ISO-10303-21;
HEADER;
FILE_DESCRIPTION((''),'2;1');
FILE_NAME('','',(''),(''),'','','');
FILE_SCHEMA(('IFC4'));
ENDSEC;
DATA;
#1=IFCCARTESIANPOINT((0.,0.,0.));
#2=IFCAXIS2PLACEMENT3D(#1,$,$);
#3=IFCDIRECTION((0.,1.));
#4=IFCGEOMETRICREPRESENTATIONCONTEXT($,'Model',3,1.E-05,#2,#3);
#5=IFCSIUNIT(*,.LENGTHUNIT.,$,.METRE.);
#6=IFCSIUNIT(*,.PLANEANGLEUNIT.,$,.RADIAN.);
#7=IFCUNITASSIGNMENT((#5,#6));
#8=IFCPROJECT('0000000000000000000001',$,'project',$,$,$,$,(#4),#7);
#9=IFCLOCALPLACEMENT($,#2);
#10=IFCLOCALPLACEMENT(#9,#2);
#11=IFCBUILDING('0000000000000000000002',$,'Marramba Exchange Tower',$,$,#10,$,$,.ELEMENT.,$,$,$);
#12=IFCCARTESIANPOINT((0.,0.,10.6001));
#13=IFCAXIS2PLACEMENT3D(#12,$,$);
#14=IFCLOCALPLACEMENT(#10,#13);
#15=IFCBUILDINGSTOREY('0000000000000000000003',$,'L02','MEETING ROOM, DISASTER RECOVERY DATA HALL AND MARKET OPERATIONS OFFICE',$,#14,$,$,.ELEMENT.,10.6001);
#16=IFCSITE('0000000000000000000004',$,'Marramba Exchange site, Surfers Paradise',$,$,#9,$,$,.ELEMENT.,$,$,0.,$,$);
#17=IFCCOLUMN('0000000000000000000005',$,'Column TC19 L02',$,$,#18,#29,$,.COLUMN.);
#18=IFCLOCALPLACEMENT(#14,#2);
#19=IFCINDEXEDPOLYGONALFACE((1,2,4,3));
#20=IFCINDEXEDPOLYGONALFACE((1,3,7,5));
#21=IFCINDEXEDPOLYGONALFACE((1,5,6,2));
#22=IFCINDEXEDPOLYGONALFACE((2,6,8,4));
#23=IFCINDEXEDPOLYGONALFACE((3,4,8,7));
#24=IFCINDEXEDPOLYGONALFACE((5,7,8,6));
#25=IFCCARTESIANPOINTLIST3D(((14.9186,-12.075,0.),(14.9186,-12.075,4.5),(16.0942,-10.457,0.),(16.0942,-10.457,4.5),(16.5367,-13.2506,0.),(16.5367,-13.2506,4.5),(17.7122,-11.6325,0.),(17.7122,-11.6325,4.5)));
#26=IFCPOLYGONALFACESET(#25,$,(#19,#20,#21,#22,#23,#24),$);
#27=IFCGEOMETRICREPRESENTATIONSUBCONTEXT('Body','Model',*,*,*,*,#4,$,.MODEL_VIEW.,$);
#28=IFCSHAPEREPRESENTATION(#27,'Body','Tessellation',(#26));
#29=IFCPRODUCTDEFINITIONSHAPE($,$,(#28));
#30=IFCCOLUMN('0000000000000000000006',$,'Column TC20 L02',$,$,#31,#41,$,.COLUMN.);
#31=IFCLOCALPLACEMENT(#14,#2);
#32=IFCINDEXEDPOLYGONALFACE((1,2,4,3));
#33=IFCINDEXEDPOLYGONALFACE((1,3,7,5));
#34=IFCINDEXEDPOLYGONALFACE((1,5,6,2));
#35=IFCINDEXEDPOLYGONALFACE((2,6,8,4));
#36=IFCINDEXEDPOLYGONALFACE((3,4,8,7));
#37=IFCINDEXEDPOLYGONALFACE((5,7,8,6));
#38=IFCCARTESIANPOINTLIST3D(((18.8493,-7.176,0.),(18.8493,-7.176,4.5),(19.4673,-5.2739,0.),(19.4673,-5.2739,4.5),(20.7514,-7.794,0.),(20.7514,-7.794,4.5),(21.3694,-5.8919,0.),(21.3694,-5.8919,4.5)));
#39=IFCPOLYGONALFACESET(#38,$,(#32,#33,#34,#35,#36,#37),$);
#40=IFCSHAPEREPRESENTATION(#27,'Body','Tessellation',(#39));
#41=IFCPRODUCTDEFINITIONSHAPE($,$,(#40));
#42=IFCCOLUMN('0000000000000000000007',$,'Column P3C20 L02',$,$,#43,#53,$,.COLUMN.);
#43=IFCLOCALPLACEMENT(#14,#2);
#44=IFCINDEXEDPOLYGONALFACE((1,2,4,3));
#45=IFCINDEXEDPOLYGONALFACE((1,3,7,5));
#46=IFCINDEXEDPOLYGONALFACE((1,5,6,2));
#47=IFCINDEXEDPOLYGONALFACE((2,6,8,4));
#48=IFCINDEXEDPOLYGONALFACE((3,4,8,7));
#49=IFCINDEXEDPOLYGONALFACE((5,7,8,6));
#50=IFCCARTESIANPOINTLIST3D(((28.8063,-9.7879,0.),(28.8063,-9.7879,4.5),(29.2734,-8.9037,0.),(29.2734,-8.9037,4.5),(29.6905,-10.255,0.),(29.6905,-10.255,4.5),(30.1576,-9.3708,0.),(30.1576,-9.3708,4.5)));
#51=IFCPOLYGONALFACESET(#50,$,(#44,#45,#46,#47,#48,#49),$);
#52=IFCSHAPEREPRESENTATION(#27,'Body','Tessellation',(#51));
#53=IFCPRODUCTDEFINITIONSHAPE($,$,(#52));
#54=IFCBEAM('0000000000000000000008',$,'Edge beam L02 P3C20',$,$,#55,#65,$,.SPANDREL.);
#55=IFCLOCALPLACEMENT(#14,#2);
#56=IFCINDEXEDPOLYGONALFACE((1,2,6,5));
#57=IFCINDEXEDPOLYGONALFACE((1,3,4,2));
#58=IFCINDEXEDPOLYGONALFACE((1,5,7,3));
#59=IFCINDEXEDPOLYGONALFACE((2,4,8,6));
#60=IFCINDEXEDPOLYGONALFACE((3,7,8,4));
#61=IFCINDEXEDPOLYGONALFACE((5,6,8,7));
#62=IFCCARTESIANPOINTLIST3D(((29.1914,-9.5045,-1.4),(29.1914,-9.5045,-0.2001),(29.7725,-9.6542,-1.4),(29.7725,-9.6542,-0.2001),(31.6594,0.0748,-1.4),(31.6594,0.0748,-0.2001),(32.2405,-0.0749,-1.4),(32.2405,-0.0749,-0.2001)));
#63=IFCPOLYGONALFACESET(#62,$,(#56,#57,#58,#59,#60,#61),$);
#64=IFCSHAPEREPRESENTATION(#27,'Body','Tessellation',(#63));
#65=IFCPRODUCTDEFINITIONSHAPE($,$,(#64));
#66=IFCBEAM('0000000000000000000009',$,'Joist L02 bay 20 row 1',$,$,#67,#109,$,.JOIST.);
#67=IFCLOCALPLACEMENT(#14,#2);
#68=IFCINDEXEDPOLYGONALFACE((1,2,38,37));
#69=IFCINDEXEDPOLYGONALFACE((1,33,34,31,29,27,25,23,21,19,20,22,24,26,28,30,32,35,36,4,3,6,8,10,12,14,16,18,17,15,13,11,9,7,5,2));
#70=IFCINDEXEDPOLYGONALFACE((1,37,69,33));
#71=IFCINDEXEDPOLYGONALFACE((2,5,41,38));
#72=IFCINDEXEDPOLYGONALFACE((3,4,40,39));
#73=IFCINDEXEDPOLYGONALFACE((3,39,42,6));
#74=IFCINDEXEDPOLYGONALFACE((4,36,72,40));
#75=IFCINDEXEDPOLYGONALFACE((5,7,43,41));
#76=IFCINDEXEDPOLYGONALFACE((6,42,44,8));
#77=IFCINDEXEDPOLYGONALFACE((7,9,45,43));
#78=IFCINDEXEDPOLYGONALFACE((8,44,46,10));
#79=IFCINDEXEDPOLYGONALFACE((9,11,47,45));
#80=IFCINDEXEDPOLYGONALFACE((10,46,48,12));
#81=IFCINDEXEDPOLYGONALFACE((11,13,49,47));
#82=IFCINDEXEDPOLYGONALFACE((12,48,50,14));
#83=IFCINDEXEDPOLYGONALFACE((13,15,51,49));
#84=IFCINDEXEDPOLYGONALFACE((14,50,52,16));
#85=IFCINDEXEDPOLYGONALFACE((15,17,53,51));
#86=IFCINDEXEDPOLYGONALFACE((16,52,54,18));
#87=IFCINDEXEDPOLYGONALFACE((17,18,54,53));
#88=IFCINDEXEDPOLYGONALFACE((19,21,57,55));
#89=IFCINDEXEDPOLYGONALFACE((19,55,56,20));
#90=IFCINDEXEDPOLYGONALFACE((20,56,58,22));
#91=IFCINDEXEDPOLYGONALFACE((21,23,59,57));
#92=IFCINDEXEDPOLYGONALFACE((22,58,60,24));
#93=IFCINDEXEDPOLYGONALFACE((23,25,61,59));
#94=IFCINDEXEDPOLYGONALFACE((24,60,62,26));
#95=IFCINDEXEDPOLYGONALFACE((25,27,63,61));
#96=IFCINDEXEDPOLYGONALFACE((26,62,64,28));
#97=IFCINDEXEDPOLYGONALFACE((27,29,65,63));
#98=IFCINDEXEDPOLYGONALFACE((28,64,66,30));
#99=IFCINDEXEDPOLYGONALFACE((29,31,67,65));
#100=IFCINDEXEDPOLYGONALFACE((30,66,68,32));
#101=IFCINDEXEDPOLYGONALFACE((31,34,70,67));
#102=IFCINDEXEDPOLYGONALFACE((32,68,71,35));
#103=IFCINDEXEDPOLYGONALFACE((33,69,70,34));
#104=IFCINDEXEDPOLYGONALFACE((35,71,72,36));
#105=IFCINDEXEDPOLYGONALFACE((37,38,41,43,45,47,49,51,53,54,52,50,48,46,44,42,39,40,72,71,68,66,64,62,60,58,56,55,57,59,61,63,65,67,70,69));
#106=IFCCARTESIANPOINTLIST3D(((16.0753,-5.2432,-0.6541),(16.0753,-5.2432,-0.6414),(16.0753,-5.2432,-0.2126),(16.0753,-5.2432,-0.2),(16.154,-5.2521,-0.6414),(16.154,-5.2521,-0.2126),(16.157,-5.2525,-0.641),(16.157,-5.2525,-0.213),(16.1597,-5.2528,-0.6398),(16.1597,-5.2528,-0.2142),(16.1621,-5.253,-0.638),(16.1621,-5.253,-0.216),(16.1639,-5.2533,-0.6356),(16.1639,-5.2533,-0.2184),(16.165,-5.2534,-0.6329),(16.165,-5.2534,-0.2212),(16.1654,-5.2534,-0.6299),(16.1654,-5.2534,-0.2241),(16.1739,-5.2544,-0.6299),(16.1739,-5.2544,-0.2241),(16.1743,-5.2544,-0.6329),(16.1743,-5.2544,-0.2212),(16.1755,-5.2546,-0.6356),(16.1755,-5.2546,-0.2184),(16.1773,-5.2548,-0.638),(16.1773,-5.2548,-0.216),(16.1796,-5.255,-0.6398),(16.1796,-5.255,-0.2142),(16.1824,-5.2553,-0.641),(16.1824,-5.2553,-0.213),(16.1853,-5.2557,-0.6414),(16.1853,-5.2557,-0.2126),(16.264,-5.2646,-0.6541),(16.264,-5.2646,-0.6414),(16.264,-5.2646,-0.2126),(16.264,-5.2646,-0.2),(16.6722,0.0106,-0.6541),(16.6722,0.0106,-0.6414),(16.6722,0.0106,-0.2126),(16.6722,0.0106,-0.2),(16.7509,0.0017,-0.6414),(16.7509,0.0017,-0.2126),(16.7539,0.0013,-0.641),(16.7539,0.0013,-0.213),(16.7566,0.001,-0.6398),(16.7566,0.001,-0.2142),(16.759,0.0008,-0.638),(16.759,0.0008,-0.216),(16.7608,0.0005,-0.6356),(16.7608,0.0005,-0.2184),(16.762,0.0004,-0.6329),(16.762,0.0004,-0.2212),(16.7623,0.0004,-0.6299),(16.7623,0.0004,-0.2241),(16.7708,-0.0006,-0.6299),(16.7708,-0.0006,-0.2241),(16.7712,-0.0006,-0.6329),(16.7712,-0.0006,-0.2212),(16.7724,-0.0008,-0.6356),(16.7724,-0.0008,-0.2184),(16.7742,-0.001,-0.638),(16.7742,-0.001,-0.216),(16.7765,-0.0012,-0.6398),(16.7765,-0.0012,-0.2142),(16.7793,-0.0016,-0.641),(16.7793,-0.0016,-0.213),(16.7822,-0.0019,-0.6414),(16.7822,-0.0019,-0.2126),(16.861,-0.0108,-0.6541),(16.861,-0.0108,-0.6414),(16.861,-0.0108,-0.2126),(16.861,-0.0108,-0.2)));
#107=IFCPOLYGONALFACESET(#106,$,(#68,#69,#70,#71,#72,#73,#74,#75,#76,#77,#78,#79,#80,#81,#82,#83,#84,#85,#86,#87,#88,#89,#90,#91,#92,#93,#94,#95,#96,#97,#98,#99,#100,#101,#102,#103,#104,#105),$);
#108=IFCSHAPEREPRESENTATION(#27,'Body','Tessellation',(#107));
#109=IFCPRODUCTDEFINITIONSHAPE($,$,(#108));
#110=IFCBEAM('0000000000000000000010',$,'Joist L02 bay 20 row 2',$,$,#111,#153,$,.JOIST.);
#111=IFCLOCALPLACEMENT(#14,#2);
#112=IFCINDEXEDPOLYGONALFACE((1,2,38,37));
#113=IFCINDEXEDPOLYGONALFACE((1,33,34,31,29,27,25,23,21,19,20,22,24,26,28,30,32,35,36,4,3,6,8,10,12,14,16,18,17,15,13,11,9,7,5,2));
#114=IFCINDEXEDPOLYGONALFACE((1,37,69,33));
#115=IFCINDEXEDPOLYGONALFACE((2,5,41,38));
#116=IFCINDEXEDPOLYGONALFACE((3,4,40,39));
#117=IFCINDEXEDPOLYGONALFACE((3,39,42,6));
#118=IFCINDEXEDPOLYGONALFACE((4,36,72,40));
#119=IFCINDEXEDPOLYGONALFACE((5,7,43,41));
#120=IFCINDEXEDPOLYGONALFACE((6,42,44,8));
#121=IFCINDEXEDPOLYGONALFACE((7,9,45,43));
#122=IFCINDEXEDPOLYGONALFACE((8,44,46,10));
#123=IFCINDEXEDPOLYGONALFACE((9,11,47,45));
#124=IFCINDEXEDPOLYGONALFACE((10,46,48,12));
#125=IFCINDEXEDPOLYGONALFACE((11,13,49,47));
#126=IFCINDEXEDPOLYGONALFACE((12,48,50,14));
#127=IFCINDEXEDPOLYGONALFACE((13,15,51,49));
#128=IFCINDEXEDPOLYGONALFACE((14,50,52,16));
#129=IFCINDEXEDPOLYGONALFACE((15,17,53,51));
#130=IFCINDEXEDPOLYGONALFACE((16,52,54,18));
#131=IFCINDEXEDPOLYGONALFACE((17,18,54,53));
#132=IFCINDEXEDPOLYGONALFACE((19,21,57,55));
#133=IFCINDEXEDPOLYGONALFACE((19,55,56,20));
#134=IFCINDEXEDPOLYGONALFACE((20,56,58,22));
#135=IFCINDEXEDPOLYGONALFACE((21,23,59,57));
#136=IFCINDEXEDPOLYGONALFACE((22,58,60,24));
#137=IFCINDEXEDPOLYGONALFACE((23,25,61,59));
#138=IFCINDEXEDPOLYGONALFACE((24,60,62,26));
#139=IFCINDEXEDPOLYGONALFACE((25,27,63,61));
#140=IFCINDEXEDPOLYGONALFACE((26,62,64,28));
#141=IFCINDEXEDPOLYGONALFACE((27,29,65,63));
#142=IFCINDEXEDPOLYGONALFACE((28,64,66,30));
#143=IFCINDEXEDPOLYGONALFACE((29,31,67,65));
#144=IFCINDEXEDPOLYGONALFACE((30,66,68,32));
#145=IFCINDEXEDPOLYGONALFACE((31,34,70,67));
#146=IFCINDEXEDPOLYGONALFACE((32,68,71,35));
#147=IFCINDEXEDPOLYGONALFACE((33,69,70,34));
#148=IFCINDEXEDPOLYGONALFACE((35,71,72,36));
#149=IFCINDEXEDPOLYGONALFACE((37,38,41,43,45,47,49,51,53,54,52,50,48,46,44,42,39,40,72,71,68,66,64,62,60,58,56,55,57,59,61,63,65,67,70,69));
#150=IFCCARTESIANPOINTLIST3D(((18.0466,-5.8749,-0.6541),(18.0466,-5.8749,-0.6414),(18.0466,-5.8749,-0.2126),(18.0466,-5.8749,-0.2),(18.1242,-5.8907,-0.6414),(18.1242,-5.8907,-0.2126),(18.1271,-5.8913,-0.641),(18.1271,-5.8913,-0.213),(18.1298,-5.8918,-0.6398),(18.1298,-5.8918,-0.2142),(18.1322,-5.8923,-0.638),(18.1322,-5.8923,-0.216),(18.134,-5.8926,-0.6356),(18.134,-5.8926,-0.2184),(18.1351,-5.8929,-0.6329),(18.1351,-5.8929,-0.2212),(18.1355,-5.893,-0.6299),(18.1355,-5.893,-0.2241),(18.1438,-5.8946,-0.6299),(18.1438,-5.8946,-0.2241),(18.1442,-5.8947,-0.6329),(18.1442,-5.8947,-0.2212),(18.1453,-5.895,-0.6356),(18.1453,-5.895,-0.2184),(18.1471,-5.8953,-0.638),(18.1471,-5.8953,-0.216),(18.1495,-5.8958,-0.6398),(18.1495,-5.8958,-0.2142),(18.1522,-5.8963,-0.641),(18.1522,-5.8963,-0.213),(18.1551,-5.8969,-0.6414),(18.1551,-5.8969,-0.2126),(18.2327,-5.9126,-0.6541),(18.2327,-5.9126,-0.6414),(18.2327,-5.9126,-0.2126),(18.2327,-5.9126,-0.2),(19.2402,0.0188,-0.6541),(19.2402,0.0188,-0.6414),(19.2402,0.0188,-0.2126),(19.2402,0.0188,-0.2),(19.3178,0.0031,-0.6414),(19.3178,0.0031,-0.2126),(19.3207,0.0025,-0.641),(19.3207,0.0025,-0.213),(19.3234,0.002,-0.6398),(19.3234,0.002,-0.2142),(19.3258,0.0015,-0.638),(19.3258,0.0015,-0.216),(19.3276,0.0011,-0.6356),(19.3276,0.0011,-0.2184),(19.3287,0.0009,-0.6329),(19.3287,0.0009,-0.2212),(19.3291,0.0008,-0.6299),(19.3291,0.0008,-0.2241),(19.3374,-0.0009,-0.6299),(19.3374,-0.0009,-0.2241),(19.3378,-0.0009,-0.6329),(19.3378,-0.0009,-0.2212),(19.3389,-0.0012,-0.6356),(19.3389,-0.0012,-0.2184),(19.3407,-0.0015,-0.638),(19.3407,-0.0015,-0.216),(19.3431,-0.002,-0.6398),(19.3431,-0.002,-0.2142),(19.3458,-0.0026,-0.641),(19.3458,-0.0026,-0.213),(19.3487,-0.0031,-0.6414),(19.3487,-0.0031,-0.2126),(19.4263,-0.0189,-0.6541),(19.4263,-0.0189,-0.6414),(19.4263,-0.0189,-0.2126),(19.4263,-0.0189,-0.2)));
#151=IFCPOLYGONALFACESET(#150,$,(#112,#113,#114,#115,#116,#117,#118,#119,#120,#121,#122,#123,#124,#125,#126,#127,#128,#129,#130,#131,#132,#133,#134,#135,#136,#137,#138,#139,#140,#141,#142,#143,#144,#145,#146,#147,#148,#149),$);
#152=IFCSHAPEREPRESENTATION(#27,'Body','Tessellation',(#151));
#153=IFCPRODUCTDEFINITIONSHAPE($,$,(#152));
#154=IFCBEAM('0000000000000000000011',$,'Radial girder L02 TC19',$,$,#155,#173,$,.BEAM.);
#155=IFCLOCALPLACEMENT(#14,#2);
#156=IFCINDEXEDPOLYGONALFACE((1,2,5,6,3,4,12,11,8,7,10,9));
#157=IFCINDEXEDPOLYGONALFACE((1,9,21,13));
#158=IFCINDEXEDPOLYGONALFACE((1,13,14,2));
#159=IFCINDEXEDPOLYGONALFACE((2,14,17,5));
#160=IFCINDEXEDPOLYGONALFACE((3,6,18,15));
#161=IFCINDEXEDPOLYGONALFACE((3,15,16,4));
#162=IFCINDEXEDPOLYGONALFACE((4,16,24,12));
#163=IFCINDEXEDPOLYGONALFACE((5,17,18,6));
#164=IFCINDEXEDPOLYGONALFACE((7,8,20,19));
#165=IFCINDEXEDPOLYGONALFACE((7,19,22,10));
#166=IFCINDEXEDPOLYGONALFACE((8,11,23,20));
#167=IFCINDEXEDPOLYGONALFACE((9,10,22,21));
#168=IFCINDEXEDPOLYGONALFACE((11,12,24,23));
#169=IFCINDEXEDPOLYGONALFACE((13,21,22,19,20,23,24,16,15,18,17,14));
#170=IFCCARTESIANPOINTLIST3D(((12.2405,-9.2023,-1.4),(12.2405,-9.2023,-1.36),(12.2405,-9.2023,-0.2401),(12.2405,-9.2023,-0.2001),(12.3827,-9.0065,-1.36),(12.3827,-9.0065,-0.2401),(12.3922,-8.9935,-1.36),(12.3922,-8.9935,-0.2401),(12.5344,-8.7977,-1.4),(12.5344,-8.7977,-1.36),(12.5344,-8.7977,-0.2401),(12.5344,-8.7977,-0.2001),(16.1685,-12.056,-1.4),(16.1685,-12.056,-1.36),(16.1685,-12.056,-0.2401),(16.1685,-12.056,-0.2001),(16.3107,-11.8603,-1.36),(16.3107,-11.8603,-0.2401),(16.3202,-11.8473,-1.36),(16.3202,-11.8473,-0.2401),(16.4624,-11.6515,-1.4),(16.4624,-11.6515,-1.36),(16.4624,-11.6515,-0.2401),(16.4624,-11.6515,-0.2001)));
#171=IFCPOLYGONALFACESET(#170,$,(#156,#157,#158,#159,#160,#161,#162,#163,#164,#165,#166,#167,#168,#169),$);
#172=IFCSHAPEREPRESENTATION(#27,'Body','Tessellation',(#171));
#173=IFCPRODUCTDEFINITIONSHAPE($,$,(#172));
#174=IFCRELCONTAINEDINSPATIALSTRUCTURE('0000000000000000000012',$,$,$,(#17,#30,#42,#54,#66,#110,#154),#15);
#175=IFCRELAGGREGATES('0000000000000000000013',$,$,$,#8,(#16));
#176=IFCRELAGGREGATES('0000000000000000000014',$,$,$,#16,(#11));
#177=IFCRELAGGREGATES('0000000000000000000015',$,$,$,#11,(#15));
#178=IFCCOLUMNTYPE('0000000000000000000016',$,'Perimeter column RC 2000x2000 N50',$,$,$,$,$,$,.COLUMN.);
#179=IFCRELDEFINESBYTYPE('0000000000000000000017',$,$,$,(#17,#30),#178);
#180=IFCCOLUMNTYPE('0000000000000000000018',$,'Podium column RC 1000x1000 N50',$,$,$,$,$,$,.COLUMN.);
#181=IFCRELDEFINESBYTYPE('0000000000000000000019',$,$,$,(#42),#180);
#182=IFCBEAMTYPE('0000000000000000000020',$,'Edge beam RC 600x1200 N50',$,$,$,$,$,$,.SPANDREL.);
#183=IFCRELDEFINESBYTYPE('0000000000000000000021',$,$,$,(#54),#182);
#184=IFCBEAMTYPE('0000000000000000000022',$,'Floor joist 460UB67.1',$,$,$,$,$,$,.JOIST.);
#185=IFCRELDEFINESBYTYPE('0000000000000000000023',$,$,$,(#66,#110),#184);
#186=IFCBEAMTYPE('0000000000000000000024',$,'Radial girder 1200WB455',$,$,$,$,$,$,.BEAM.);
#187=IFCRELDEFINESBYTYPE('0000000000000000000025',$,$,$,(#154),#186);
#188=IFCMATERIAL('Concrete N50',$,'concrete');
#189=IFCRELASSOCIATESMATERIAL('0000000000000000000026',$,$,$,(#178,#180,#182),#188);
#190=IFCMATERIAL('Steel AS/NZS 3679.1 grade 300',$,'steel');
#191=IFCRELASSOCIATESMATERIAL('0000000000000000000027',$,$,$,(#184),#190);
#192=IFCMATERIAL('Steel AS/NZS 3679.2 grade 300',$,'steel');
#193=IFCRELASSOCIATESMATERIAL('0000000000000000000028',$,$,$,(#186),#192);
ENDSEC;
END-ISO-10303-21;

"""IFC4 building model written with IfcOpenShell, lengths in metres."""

from ifc_helpers import new_model, si_unit, direction, frame, origin, origin_2d, place, context, subcontext, project, spatial, rectangle, i_section, extrude, material, material_profile, profile_set, type_object, element, save


model = new_model("IFC4")

# Units and contexts
model_context = context("Model", 3, precision=1e-05, world=origin(), true_north=direction((0.0, 1.0)))
body_context = subcontext(model_context, "Body", "Model", "MODEL_VIEW")
ifc_project = project(units=[si_unit("LENGTHUNIT", "METRE"), si_unit("PLANEANGLEUNIT", "RADIAN")], contexts=[model_context])

# Site, building, storey
site_placement = place(None, origin())
site = spatial("IfcSite", under=ifc_project, at=site_placement, Name="Marramba Exchange site, Surfers Paradise", CompositionType="ELEMENT", RefElevation=0.0)
building_placement = place(site_placement, origin())
building = spatial("IfcBuilding", under=site, at=building_placement, Name="Marramba Exchange Tower", CompositionType="ELEMENT")
storey_placement = place(building_placement, frame((0.0, 0.0, 10.6001)))
storey = spatial("IfcBuildingStorey", under=building, at=storey_placement, Name="L02", Description="MEETING ROOM, DISASTER RECOVERY DATA HALL AND MARKET OPERATIONS OFFICE", CompositionType="ELEMENT", Elevation=10.6001)

# Columns
ifc_material_1 = material(Name="Concrete N50", Category="concrete")
ifc_material_profile_1 = material_profile(ifc_material_1, rectangle(XDim=2.0, YDim=2.0, at=origin_2d()), Name="RC 2000x2000")
ifc_profile_set_1 = profile_set([ifc_material_profile_1], Name="Concrete N50")
column_type_1 = type_object("IfcColumnType", Name="Perimeter column RC 2000x2000 N50", PredefinedType="COLUMN", material=ifc_profile_set_1)
for number, where, z_axis, x_axis, name in (
    (1, (16.3154, -11.8538, 0.0), (0.0, 0.0, 1.0), (0.809017, -0.587785, 0.0), "Column TC19 L02"),
    (2, (20.1094, -6.5339, 0.0), (0.0, 0.0, 1.0), (0.951057, -0.309017, 0.0), "Column TC20 L02"),
):
    element("IfcColumn", number, at=place(storey_placement, frame(where, z_axis=z_axis, x_axis=x_axis)), inside=storey, type_object=column_type_1, Name=name, PredefinedType="COLUMN", context=body_context, shape_type="SweptSolid", body=[
        extrude(rectangle(XDim=2.0, YDim=2.0, at=origin_2d()), origin(), (0.0, 0.0, 1.0), 4.5),
    ])
ifc_material_profile_2 = material_profile(ifc_material_1, rectangle(XDim=1.0, YDim=1.0, at=origin_2d()), Name="RC 1000x1000")
ifc_profile_set_2 = profile_set([ifc_material_profile_2], Name="Concrete N50")
column_type_2 = type_object("IfcColumnType", Name="Podium column RC 1000x1000 N50", PredefinedType="COLUMN", material=ifc_profile_set_2)
column_placement = place(storey_placement, frame((29.4819, -9.5793, 0.0), z_axis=(0.0, 0.0, 1.0), x_axis=(0.884188, -0.467131, 0.0)))
element("IfcColumn", 3, at=column_placement, inside=storey, type_object=column_type_2, Name="Column P3C20 L02", PredefinedType="COLUMN", context=body_context, shape_type="SweptSolid", body=[
    extrude(rectangle(XDim=1.0, YDim=1.0, at=origin_2d()), origin(), (0.0, 0.0, 1.0), 4.5),
])

# Beams
ifc_material_profile_3 = material_profile(ifc_material_1, rectangle(XDim=0.6001, YDim=1.2, at=origin_2d()), Name="RC 600x1200")
ifc_profile_set_3 = profile_set([ifc_material_profile_3], Name="Concrete N50")
beam_type_1 = type_object("IfcBeamType", Name="Edge beam RC 600x1200 N50", PredefinedType="SPANDREL", material=ifc_profile_set_3)
beam_1_placement = place(storey_placement, frame((29.4819, -9.5793, -0.8), z_axis=(0.249492, 0.968377, 0.0), x_axis=(-0.968377, 0.249492, 0.0)))
element("IfcBeam", 4, at=beam_1_placement, inside=storey, type_object=beam_type_1, Name="Edge beam L02 P3C20", PredefinedType="SPANDREL", context=body_context, shape_type="SweptSolid", body=[
    extrude(rectangle(XDim=0.6001, YDim=1.2, at=origin_2d()), origin(), (0.0, 0.0, 1.0), 9.8921),
])
ifc_material_2 = material(Name="Steel AS/NZS 3679.1 grade 300", Category="steel")
ifc_material_profile_4 = material_profile(ifc_material_2, i_section(OverallWidth=0.1899, OverallDepth=0.4541, WebThickness=0.0085, FlangeThickness=0.0127, FilletRadius=0.0115, at=origin_2d()), Name="460UB67.1")
ifc_profile_set_4 = profile_set([ifc_material_profile_4], Name="Steel AS/NZS 3679.1 grade 300")
beam_type_2 = type_object("IfcBeamType", Name="Floor joist 460UB67.1", PredefinedType="JOIST", material=ifc_profile_set_4)
beam_2_placement = place(storey_placement, frame((16.1697, -5.2539, -0.427), z_axis=(0.112889, 0.993608, 0.0), x_axis=(-0.993608, 0.112889, 0.0)))
element("IfcBeam", 5, at=beam_2_placement, inside=storey, type_object=beam_type_2, Name="Joist L02 bay 20 row 1", PredefinedType="JOIST", context=body_context, shape_type="SweptSolid", body=[
    extrude(i_section(OverallWidth=0.1899, OverallDepth=0.4541, WebThickness=0.0085, FlangeThickness=0.0127, FilletRadius=0.0115, at=origin_2d()), origin(), (0.0, 0.0, 1.0), 5.2876),
])
beam_3_placement = place(storey_placement, frame((18.1396, -5.8938, -0.427), z_axis=(0.198489, 0.980103, 0.0), x_axis=(-0.980103, 0.198489, 0.0)))
element("IfcBeam", 6, at=beam_3_placement, inside=storey, type_object=beam_type_2, Name="Joist L02 bay 20 row 2", PredefinedType="JOIST", context=body_context, shape_type="SweptSolid", body=[
    extrude(i_section(OverallWidth=0.1899, OverallDepth=0.4541, WebThickness=0.0085, FlangeThickness=0.0127, FilletRadius=0.0115, at=origin_2d()), origin(), (0.0, 0.0, 1.0), 6.0134),
])
ifc_material_3 = material(Name="Steel AS/NZS 3679.2 grade 300", Category="steel")
ifc_material_profile_5 = material_profile(ifc_material_3, i_section(OverallWidth=0.5, OverallDepth=1.2, WebThickness=0.0161, FlangeThickness=0.04, at=origin_2d()), Name="1200WB455")
ifc_profile_set_5 = profile_set([ifc_material_profile_5], Name="Steel AS/NZS 3679.2 grade 300")
beam_type_3 = type_object("IfcBeamType", Name="Radial girder 1200WB455", PredefinedType="BEAM", material=ifc_profile_set_5)
beam_4_placement = place(storey_placement, frame((12.3875, -9.0, -0.8), z_axis=(0.809025, -0.587774, 0.0), x_axis=(0.587774, 0.809025, 0.0)))
element("IfcBeam", 7, at=beam_4_placement, inside=storey, type_object=beam_type_3, Name="Radial girder L02 TC19", PredefinedType="BEAM", context=body_context, shape_type="SweptSolid", body=[
    extrude(i_section(OverallWidth=0.5, OverallDepth=1.2, WebThickness=0.0161, FlangeThickness=0.04, at=origin_2d()), origin(), (0.0, 0.0, 1.0), 4.8552),
])

save(model, "model.ifc")
